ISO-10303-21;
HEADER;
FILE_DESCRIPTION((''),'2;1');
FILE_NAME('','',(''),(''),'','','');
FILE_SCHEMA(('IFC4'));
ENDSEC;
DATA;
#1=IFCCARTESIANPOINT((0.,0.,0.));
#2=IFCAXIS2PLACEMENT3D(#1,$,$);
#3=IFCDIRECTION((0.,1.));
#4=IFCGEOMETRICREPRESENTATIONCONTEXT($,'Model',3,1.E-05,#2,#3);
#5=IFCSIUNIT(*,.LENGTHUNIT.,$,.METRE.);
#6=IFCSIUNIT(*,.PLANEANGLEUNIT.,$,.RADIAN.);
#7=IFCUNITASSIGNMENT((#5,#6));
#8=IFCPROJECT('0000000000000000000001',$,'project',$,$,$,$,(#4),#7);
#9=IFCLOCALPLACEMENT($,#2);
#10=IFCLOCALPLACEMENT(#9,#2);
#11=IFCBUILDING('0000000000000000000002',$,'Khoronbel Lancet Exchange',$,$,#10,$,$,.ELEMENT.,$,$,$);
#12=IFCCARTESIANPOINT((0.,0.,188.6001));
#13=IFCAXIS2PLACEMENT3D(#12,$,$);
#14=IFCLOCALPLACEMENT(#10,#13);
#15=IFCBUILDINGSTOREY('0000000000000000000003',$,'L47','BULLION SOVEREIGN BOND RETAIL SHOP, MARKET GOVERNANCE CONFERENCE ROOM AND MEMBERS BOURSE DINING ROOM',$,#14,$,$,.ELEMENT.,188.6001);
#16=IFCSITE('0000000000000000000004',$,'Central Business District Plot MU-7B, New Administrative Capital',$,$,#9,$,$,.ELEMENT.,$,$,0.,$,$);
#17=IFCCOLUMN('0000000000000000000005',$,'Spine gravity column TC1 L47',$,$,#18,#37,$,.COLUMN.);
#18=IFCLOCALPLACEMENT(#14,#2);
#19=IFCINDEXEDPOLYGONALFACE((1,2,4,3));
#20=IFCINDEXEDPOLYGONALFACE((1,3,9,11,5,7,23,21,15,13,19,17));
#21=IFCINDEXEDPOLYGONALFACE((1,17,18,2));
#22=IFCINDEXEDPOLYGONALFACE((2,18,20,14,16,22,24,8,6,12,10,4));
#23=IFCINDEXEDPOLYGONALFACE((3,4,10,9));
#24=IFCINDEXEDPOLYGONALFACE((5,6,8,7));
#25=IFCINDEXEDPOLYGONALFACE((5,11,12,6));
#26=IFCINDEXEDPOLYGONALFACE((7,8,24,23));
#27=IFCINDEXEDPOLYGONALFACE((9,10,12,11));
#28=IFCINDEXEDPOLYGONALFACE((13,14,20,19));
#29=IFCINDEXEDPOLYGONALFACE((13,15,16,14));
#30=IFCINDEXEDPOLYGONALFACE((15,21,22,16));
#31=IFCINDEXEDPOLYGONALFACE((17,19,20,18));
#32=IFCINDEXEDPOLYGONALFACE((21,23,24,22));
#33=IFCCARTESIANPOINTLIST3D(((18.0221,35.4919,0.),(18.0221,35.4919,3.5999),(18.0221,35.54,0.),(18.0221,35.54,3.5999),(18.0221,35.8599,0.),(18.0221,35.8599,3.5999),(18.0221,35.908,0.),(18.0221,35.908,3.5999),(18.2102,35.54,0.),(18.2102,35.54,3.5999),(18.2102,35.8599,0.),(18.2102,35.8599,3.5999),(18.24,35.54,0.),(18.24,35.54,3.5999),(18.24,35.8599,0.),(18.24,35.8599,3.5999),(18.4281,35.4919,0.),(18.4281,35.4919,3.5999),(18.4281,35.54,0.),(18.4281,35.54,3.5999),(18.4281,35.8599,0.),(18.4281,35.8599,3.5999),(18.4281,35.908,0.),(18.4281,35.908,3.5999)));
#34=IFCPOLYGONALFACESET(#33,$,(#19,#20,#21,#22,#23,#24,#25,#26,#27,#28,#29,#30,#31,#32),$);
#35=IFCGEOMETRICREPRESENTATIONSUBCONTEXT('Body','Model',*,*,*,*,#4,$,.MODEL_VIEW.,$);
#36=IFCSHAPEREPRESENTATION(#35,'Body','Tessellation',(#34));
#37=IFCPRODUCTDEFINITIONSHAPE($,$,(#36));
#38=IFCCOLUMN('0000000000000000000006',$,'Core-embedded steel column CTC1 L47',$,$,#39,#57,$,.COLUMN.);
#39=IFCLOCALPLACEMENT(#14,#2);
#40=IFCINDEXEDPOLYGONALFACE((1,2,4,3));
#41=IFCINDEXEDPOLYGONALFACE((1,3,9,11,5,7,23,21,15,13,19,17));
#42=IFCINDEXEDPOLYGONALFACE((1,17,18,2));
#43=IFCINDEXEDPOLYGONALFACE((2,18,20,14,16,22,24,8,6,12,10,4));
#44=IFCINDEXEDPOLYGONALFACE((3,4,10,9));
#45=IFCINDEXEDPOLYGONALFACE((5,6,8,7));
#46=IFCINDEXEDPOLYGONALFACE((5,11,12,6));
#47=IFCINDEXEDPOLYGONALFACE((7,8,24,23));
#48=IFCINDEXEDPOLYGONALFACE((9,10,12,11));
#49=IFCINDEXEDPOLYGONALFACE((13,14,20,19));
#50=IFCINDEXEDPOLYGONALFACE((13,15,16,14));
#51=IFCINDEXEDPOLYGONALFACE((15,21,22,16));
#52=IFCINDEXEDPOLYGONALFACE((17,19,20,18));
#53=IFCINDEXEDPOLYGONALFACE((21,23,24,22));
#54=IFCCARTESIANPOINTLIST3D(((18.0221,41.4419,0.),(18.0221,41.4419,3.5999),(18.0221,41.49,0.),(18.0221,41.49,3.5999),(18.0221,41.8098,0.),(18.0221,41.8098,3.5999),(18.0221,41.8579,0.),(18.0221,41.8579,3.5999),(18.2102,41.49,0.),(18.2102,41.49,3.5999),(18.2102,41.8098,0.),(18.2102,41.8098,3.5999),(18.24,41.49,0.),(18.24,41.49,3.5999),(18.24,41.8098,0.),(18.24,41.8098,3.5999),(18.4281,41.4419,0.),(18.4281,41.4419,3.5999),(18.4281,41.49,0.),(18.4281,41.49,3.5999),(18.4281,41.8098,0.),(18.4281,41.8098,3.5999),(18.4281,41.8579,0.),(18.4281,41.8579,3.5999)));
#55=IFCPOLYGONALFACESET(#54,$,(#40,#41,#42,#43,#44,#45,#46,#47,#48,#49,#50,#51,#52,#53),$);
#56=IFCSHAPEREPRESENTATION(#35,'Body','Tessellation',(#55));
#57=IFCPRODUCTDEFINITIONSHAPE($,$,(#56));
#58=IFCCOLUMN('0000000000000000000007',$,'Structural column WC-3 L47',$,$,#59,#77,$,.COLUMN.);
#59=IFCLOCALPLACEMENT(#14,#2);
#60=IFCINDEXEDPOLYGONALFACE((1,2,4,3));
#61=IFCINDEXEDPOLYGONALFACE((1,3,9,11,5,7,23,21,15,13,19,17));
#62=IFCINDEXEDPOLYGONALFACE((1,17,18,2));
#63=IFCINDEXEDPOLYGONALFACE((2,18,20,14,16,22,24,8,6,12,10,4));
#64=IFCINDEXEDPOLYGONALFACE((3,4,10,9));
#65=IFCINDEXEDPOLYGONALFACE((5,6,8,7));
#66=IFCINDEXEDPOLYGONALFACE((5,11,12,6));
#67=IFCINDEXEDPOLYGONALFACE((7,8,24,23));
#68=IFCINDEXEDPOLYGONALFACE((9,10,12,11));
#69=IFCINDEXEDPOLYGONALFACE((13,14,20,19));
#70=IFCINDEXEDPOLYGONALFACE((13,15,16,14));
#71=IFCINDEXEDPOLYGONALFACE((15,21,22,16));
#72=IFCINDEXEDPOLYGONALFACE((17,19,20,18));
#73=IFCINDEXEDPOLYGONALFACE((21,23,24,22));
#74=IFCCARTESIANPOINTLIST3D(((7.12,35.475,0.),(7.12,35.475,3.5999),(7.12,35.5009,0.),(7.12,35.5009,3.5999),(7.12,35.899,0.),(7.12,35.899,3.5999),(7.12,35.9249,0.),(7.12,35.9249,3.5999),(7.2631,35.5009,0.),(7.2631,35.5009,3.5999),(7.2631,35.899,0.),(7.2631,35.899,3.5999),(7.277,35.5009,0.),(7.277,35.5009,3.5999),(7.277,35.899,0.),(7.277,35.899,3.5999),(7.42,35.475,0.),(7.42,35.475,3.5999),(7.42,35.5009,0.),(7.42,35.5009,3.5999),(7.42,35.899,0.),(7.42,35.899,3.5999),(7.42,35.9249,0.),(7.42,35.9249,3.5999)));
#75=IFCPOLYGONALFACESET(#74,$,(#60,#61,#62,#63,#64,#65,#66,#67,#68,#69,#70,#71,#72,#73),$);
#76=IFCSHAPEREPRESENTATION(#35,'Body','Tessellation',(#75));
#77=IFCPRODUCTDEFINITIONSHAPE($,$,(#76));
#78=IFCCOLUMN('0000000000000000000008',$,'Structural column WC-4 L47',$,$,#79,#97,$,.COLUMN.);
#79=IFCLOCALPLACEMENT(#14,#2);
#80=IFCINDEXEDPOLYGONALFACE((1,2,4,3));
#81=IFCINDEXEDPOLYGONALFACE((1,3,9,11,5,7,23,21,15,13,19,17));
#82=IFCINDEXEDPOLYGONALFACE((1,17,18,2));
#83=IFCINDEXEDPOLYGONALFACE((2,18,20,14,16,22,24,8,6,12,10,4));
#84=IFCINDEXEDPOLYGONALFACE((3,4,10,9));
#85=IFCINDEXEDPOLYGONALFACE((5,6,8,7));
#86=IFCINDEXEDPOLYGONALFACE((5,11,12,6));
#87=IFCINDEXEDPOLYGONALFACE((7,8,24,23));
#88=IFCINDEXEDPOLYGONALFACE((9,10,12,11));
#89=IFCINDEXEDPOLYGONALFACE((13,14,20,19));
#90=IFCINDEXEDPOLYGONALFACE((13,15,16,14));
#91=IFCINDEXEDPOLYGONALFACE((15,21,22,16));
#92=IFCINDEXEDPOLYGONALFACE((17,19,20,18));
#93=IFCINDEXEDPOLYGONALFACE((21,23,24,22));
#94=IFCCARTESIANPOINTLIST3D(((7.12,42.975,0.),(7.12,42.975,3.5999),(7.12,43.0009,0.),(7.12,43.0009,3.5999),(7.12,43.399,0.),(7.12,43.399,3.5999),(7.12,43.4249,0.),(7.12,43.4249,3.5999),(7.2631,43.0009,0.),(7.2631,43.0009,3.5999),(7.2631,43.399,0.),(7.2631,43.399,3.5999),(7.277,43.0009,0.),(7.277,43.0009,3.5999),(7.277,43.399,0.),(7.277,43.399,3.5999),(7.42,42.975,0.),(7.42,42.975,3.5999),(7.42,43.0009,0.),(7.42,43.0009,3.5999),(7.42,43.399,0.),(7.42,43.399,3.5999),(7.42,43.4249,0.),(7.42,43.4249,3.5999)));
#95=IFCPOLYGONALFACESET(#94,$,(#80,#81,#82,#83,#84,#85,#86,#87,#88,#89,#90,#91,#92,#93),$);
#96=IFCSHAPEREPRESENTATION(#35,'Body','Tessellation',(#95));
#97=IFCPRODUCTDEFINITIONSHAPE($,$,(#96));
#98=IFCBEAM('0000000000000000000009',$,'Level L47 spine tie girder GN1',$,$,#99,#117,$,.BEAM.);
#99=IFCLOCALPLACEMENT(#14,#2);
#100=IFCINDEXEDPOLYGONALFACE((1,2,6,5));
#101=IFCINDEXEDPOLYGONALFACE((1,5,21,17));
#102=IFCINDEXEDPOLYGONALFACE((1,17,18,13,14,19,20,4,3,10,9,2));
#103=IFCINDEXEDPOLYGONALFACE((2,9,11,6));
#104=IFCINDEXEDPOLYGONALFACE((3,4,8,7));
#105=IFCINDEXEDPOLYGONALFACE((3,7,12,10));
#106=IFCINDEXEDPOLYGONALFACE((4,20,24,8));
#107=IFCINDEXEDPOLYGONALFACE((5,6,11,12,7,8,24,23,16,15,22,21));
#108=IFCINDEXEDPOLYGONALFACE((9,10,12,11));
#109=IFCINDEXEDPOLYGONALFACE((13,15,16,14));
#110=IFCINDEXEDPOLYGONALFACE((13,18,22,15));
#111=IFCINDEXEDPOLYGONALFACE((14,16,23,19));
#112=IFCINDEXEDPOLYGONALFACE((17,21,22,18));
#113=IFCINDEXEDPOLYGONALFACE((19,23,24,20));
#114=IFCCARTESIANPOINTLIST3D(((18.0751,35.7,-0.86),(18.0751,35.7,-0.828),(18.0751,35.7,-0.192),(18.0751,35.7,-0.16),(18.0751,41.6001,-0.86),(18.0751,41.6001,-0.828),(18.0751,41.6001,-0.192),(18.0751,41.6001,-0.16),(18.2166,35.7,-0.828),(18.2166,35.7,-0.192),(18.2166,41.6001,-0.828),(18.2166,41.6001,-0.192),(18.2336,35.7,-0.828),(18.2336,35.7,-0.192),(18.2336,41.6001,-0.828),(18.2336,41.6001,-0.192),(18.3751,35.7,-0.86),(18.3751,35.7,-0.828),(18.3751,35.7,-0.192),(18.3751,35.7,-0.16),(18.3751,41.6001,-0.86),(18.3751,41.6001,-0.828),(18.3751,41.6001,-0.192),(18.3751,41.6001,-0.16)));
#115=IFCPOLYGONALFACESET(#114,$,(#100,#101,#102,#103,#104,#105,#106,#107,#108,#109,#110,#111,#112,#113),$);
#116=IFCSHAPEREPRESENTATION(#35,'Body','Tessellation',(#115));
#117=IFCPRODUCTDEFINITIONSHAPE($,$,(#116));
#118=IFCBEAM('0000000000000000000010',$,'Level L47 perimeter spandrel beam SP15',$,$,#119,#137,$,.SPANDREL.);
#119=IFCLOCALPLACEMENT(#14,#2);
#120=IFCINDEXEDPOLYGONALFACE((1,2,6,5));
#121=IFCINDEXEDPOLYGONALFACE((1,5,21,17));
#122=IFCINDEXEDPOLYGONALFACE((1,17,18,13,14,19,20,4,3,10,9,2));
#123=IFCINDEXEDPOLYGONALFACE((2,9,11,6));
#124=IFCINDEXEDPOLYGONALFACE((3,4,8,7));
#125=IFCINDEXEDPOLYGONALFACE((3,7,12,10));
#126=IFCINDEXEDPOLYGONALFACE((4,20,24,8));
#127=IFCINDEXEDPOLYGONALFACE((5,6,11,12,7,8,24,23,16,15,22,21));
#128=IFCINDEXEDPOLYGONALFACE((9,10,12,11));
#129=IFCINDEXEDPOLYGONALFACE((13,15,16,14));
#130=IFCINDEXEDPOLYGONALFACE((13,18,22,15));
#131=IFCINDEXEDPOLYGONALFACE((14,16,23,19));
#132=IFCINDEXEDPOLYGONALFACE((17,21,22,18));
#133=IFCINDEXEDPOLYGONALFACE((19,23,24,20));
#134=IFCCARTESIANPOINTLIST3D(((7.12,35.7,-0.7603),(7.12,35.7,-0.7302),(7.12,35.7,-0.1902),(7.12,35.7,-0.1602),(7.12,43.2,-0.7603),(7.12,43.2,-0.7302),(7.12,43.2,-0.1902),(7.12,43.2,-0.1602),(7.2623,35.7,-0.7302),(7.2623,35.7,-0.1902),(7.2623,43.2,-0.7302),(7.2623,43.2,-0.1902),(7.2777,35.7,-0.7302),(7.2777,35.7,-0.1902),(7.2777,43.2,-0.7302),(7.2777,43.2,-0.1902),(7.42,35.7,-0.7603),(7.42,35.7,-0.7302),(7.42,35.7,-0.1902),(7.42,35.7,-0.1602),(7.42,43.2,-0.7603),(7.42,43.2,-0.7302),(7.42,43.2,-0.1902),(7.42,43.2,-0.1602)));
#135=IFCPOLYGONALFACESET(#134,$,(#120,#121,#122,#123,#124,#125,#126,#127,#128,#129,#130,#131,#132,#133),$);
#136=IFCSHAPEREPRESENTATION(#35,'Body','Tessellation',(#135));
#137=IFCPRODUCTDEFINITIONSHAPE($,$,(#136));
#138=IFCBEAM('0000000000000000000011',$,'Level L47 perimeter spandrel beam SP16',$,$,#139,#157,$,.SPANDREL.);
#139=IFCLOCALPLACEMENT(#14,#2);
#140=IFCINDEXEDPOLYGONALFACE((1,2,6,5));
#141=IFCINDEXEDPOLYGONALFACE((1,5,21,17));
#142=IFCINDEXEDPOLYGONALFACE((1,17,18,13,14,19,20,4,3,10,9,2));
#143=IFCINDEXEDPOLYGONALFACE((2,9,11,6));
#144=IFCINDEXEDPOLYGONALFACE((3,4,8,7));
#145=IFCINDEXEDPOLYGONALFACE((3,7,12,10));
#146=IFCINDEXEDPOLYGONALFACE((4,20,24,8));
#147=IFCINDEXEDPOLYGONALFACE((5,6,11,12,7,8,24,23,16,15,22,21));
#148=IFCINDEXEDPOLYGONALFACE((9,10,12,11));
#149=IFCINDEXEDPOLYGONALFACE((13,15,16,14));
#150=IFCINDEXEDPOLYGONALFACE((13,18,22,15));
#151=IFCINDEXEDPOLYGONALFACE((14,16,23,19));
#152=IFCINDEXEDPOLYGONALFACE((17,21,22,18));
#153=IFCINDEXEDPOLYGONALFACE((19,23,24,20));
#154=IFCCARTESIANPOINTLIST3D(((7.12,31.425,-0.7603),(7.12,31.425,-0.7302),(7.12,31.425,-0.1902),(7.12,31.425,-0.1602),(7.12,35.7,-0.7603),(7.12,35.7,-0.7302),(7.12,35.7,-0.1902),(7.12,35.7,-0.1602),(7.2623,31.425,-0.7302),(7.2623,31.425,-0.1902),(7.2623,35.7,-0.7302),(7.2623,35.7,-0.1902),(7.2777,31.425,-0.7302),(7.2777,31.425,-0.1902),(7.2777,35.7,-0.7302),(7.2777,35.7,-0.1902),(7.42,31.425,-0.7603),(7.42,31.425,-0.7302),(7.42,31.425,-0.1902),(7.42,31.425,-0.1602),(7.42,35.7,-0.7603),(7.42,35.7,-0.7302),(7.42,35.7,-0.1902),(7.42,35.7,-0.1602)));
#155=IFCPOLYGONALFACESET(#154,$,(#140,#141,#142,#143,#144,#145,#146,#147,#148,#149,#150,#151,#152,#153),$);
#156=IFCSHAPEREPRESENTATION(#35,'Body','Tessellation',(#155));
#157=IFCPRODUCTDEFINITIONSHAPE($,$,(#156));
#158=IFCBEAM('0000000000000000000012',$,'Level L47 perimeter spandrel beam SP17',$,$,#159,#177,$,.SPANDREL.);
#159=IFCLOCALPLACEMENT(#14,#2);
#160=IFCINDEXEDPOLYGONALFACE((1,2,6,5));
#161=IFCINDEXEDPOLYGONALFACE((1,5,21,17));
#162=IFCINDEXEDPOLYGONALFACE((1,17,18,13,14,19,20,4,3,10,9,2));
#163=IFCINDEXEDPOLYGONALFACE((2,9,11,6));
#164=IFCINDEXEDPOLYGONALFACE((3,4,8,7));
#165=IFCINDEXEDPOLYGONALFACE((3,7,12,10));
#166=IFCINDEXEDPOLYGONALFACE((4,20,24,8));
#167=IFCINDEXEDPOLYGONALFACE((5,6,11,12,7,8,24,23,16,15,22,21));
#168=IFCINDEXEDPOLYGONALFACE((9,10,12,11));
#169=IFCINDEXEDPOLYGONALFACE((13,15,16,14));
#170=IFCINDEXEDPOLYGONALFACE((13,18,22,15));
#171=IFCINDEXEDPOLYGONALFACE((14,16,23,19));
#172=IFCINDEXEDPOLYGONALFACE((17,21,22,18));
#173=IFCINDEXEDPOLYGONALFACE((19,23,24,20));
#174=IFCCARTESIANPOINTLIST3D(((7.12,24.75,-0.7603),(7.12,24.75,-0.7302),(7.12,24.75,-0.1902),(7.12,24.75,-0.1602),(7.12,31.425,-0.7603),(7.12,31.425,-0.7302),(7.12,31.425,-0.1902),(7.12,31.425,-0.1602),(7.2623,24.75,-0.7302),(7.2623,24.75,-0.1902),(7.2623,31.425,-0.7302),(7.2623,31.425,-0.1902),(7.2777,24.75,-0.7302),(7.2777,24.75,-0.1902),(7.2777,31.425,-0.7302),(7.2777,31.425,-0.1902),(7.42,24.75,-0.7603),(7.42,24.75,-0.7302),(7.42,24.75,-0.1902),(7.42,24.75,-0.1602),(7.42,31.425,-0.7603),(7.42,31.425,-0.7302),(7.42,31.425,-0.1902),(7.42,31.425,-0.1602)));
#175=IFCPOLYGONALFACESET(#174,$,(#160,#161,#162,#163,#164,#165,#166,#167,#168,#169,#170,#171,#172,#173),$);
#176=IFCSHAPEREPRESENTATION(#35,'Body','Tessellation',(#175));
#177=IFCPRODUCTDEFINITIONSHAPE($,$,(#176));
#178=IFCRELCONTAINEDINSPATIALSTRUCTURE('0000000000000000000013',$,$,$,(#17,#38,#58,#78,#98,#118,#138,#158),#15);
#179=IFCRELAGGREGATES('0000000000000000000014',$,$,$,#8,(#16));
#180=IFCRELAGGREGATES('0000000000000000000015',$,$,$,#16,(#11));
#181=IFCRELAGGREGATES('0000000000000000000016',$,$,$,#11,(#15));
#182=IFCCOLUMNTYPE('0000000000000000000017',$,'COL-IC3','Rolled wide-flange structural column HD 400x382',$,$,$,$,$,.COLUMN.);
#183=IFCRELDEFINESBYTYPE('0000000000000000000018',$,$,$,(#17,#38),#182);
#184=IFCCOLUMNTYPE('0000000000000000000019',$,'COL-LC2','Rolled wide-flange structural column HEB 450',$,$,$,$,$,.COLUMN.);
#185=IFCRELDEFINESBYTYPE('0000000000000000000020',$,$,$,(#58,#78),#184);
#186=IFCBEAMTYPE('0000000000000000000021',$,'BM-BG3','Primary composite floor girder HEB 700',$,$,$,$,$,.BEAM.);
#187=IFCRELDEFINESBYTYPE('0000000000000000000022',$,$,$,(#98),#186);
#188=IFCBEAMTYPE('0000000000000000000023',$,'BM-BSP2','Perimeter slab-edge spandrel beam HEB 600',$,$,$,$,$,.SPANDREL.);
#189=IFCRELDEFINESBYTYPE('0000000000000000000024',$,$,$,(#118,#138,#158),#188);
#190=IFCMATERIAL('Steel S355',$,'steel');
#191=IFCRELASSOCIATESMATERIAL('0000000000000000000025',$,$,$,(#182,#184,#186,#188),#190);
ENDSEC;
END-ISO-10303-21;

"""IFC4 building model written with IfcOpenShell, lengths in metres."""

from ifc_helpers import new_model, si_unit, direction, frame, origin, origin_2d, place, context, subcontext, project, spatial, i_section, extrude, material, material_profile, profile_set, type_object, element, save


model = new_model("IFC4")

# Units and contexts
model_context = context("Model", 3, precision=1e-05, world=origin(), true_north=direction((0.0, 1.0)))
body_context = subcontext(model_context, "Body", "Model", "MODEL_VIEW")
ifc_project = project(units=[si_unit("LENGTHUNIT", "METRE"), si_unit("PLANEANGLEUNIT", "RADIAN")], contexts=[model_context])

# Site, building, storey
site_placement = place(None, origin())
site = spatial("IfcSite", under=ifc_project, at=site_placement, Name="Central Business District Plot MU-7B, New Administrative Capital", CompositionType="ELEMENT", RefElevation=0.0)
building_placement = place(site_placement, origin())
building = spatial("IfcBuilding", under=site, at=building_placement, Name="Khoronbel Lancet Exchange", CompositionType="ELEMENT")
storey_placement = place(building_placement, frame((0.0, 0.0, 188.6001)))
storey = spatial("IfcBuildingStorey", under=building, at=storey_placement, Name="L47", Description="BULLION SOVEREIGN BOND RETAIL SHOP, MARKET GOVERNANCE CONFERENCE ROOM AND MEMBERS BOURSE DINING ROOM", CompositionType="ELEMENT", Elevation=188.6001)

# Columns
ifc_material_1 = material(Name="Steel S355", Category="steel")
ifc_material_profile_1 = material_profile(ifc_material_1, i_section(OverallWidth=0.406, OverallDepth=0.416, WebThickness=0.0298, FlangeThickness=0.0481, at=origin_2d()), Name="HD 400x382")
ifc_profile_set_1 = profile_set([ifc_material_profile_1], Name="Steel S355")
column_type_1 = type_object("IfcColumnType", Name="COL-IC3", Description="Rolled wide-flange structural column HD 400x382", PredefinedType="COLUMN", material=ifc_profile_set_1)
for number, where, z_axis, x_axis, name in (
    (1, (18.2251, 35.7, 0.0), (0.0, 0.0, 1.0), (1.0, 0.0, 0.0), "Spine gravity column TC1 L47"),
    (2, (18.2251, 41.6499, 0.0), (0.0, 0.0, 1.0), (1.0, 0.0, 0.0), "Core-embedded steel column CTC1 L47"),
):
    element("IfcColumn", number, at=place(storey_placement, frame(where, z_axis=z_axis, x_axis=x_axis)), inside=storey, type_object=column_type_1, Name=name, PredefinedType="COLUMN", context=body_context, shape_type="SweptSolid", body=[
        extrude(i_section(OverallWidth=0.406, OverallDepth=0.416, WebThickness=0.0298, FlangeThickness=0.0481, at=origin_2d()), origin(), (0.0, 0.0, 1.0), 3.5999),
    ])
ifc_material_profile_2 = material_profile(ifc_material_1, i_section(OverallWidth=0.3, OverallDepth=0.45, WebThickness=0.0139, FlangeThickness=0.0259, at=origin_2d()), Name="HEB 450")
ifc_profile_set_2 = profile_set([ifc_material_profile_2], Name="Steel S355")
column_type_2 = type_object("IfcColumnType", Name="COL-LC2", Description="Rolled wide-flange structural column HEB 450", PredefinedType="COLUMN", material=ifc_profile_set_2)
for number, where, z_axis, x_axis, name in (
    (3, (7.27, 35.7, 0.0), (0.0, 0.0, 1.0), (1.0, 0.0, 0.0), "Structural column WC-3 L47"),
    (4, (7.27, 43.2, 0.0), (0.0, 0.0, 1.0), (1.0, 0.0, 0.0), "Structural column WC-4 L47"),
):
    element("IfcColumn", number, at=place(storey_placement, frame(where, z_axis=z_axis, x_axis=x_axis)), inside=storey, type_object=column_type_2, Name=name, PredefinedType="COLUMN", context=body_context, shape_type="SweptSolid", body=[
        extrude(i_section(OverallWidth=0.3, OverallDepth=0.45, WebThickness=0.0139, FlangeThickness=0.0259, at=origin_2d()), origin(), (0.0, 0.0, 1.0), 3.5999),
    ])

# Beams
ifc_material_profile_3 = material_profile(ifc_material_1, i_section(OverallWidth=0.3, OverallDepth=0.7, WebThickness=0.0171, FlangeThickness=0.032, at=origin_2d()), Name="HEB 700")
ifc_profile_set_3 = profile_set([ifc_material_profile_3], Name="Steel S355")
beam_type_1 = type_object("IfcBeamType", Name="BM-BG3", Description="Primary composite floor girder HEB 700", PredefinedType="BEAM", material=ifc_profile_set_3)
beam_1_placement = place(storey_placement, frame((18.2251, 35.7, -0.51), z_axis=(0.0, 1.0, 0.0), x_axis=(-1.0, 0.0, 0.0)))
element("IfcBeam", 5, at=beam_1_placement, inside=storey, type_object=beam_type_1, Name="Level L47 spine tie girder GN1", PredefinedType="BEAM", context=body_context, shape_type="SweptSolid", body=[
    extrude(i_section(OverallWidth=0.3, OverallDepth=0.7, WebThickness=0.0171, FlangeThickness=0.032, at=origin_2d()), origin(), (0.0, 0.0, 1.0), 5.9001),
])
ifc_material_profile_4 = material_profile(ifc_material_1, i_section(OverallWidth=0.3, OverallDepth=0.6001, WebThickness=0.0154, FlangeThickness=0.03, at=origin_2d()), Name="HEB 600")
ifc_profile_set_4 = profile_set([ifc_material_profile_4], Name="Steel S355")
beam_type_2 = type_object("IfcBeamType", Name="BM-BSP2", Description="Perimeter slab-edge spandrel beam HEB 600", PredefinedType="SPANDREL", material=ifc_profile_set_4)
beam_2_placement = place(storey_placement, frame((7.27, 43.2, -0.4602), z_axis=(0.0, -1.0, 0.0), x_axis=(1.0, 0.0, 0.0)))
element("IfcBeam", 6, at=beam_2_placement, inside=storey, type_object=beam_type_2, Name="Level L47 perimeter spandrel beam SP15", PredefinedType="SPANDREL", context=body_context, shape_type="SweptSolid", body=[
    extrude(i_section(OverallWidth=0.3, OverallDepth=0.6001, WebThickness=0.0154, FlangeThickness=0.03, at=origin_2d()), origin(), (0.0, 0.0, 1.0), 7.5),
])
beam_3_placement = place(storey_placement, frame((7.27, 35.7, -0.4602), z_axis=(0.0, -1.0, 0.0), x_axis=(1.0, 0.0, 0.0)))
element("IfcBeam", 7, at=beam_3_placement, inside=storey, type_object=beam_type_2, Name="Level L47 perimeter spandrel beam SP16", PredefinedType="SPANDREL", context=body_context, shape_type="SweptSolid", body=[
    extrude(i_section(OverallWidth=0.3, OverallDepth=0.6001, WebThickness=0.0154, FlangeThickness=0.03, at=origin_2d()), origin(), (0.0, 0.0, 1.0), 4.2749),
])
beam_4_placement = place(storey_placement, frame((7.27, 31.425, -0.4602), z_axis=(0.0, -1.0, 0.0), x_axis=(1.0, 0.0, 0.0)))
element("IfcBeam", 8, at=beam_4_placement, inside=storey, type_object=beam_type_2, Name="Level L47 perimeter spandrel beam SP17", PredefinedType="SPANDREL", context=body_context, shape_type="SweptSolid", body=[
    extrude(i_section(OverallWidth=0.3, OverallDepth=0.6001, WebThickness=0.0154, FlangeThickness=0.03, at=origin_2d()), origin(), (0.0, 0.0, 1.0), 6.675),
])

save(model, "model.ifc")
